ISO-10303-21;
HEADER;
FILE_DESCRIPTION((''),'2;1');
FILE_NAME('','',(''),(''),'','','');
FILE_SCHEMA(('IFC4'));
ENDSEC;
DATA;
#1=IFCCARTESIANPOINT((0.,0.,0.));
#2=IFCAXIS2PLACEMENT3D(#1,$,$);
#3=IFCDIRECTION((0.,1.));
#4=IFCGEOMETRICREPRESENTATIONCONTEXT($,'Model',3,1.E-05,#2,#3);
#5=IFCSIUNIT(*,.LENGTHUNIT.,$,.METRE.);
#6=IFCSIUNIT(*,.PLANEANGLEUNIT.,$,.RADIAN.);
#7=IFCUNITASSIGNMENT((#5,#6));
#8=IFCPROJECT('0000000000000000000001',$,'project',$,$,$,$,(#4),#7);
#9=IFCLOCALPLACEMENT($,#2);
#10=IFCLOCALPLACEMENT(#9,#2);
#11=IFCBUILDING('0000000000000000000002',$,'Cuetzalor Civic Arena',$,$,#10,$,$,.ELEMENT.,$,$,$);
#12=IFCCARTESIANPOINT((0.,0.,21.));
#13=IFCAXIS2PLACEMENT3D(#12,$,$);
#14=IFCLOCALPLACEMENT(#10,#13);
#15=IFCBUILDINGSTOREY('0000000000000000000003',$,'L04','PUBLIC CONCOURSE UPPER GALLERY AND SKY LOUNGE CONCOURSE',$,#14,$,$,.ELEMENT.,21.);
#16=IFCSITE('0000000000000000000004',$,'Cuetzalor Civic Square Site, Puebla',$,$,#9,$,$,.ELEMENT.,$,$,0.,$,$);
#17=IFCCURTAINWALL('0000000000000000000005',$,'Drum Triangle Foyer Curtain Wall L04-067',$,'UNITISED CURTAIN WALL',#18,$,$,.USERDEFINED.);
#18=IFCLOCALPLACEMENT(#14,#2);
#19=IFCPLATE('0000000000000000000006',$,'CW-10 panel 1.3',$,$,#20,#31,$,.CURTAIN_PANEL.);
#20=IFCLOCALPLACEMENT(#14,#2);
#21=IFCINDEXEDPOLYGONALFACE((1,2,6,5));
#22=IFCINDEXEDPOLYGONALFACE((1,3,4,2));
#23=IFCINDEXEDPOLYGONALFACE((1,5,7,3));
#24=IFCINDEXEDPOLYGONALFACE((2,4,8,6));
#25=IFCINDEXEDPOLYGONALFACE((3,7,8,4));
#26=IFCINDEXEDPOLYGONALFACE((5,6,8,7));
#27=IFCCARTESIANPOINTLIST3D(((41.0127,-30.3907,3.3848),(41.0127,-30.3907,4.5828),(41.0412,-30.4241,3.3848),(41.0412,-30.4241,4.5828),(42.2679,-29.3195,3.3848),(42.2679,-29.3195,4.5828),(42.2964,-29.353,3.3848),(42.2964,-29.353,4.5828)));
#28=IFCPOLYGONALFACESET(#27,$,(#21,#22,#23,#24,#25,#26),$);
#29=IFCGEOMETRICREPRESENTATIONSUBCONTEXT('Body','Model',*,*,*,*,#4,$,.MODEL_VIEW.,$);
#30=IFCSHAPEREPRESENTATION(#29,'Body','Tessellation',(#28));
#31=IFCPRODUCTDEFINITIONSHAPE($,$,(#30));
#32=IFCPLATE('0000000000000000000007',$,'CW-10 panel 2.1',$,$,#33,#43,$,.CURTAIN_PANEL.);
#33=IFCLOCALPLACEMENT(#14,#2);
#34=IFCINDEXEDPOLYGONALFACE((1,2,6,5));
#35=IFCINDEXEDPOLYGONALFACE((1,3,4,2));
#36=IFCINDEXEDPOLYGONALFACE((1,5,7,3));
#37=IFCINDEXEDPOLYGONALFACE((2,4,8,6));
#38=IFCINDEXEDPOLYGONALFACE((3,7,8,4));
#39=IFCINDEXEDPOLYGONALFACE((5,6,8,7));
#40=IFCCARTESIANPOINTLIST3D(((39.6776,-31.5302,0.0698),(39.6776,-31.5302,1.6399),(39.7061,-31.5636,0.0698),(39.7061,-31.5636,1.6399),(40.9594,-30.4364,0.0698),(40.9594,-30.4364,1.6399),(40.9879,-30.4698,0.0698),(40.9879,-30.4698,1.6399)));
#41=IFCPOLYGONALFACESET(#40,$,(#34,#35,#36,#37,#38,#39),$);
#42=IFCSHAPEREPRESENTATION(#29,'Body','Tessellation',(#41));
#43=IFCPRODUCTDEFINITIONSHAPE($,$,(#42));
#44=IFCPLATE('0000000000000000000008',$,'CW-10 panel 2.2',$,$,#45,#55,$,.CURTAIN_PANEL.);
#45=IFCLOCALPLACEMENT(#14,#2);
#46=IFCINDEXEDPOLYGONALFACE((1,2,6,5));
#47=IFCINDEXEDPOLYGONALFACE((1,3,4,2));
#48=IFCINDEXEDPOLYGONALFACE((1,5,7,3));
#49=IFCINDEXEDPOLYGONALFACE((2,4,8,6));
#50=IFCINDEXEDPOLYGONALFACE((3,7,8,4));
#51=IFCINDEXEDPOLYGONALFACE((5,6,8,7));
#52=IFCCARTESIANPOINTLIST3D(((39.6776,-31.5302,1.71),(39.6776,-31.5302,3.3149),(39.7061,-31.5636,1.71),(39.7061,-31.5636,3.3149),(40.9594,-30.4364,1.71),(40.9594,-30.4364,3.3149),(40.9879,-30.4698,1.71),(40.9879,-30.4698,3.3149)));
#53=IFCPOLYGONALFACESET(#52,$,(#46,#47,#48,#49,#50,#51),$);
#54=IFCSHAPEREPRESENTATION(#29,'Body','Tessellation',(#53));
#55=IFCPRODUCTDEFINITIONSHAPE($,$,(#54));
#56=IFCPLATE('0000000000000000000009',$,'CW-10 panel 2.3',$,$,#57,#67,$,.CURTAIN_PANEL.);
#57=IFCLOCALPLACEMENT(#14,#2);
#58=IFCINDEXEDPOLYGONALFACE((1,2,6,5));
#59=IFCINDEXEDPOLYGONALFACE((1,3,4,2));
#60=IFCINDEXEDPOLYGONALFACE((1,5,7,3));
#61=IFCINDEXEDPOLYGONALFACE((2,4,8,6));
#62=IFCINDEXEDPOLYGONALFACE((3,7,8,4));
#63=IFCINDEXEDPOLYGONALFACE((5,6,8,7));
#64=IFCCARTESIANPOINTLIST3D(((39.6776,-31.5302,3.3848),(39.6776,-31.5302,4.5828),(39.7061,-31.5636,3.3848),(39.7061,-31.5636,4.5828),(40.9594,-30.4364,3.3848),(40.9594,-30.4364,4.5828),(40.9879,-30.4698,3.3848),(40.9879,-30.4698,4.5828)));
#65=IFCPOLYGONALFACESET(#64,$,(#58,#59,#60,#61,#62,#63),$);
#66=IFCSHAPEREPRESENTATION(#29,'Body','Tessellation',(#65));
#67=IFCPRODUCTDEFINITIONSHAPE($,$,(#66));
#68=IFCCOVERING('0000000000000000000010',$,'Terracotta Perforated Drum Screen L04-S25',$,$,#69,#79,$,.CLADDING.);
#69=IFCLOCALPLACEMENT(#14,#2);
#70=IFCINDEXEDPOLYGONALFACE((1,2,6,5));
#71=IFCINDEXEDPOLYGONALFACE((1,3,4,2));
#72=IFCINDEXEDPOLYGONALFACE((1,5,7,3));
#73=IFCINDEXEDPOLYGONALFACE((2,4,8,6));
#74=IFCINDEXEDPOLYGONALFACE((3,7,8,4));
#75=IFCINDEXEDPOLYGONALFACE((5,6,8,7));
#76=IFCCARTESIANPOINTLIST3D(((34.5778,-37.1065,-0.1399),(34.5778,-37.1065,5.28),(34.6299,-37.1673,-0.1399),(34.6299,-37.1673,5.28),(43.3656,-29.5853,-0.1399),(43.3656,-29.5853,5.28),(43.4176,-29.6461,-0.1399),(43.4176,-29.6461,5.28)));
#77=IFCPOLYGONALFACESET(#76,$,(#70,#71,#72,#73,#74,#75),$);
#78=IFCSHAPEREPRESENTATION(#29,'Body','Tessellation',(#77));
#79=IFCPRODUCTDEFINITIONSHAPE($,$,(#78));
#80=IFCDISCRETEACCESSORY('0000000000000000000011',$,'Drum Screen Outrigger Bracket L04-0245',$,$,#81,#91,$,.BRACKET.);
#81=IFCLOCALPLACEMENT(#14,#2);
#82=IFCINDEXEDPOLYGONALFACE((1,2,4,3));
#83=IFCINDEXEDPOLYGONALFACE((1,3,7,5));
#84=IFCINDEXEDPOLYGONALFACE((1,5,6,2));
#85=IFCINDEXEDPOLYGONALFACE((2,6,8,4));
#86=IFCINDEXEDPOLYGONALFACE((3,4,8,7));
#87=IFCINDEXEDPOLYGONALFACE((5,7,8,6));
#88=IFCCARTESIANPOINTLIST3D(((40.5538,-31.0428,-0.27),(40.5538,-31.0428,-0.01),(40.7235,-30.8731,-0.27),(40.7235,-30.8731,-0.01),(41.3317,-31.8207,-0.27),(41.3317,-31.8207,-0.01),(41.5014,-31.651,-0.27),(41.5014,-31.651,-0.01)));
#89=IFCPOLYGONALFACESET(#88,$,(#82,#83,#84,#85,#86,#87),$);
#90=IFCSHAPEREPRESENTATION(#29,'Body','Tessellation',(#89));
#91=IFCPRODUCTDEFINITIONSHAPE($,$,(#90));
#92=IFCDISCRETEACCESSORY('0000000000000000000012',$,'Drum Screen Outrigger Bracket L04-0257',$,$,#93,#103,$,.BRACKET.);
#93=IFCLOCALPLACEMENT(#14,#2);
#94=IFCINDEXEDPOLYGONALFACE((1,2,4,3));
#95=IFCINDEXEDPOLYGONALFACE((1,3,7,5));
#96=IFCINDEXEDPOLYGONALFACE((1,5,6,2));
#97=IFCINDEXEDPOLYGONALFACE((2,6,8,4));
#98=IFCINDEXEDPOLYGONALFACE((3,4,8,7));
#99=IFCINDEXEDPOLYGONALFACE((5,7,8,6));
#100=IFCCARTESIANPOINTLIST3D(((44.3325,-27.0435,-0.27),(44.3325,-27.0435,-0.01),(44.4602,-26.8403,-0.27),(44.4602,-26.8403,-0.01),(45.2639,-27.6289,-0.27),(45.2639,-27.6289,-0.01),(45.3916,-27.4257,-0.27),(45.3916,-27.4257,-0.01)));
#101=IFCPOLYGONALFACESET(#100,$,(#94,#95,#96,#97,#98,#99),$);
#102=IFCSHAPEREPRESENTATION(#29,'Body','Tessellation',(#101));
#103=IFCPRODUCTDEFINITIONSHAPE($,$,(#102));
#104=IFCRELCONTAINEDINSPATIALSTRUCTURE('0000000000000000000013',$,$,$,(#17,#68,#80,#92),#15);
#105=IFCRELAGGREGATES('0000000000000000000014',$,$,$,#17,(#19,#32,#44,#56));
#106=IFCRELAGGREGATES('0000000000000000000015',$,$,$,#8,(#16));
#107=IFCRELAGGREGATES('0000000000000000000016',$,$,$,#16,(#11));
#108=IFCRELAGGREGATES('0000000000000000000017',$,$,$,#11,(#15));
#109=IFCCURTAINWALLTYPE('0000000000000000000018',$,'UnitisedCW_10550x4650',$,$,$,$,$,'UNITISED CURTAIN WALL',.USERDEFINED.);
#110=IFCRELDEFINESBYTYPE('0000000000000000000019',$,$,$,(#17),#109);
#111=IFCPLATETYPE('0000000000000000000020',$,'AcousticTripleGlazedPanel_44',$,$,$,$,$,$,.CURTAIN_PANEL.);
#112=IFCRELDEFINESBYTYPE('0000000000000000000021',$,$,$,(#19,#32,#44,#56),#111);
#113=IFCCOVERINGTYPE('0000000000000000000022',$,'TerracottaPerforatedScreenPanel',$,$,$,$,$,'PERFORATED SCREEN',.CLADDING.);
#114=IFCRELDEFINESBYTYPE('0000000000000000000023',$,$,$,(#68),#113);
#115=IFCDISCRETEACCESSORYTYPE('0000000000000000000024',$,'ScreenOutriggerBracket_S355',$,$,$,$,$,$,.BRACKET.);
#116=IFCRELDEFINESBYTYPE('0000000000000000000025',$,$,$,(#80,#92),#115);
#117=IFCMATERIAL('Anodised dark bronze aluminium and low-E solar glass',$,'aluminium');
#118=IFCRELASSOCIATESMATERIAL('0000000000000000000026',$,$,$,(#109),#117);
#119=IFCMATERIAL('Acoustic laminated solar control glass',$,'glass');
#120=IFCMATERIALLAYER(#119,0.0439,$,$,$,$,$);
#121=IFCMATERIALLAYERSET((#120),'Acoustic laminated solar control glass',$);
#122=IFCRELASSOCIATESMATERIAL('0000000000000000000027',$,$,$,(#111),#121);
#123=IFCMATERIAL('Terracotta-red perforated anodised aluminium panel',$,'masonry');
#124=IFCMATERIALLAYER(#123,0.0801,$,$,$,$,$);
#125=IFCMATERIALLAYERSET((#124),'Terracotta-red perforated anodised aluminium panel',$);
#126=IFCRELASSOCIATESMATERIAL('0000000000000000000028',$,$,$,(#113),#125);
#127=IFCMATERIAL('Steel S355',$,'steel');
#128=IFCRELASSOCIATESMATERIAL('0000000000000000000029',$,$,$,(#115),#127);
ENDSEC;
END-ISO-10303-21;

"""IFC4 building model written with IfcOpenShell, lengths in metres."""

from ifc_helpers import new_model, si_unit, direction, frame, frame_2d, origin, origin_2d, place, context, subcontext, project, spatial, rectangle, extrude, material, layer, layer_set, type_object, element, aggregate, save


model = new_model("IFC4")

# Units and contexts
model_context = context("Model", 3, precision=1e-05, world=origin(), true_north=direction((0.0, 1.0)))
body_context = subcontext(model_context, "Body", "Model", "MODEL_VIEW")
ifc_project = project(units=[si_unit("LENGTHUNIT", "METRE"), si_unit("PLANEANGLEUNIT", "RADIAN")], contexts=[model_context])

# Site, building, storey
site_placement = place(None, origin())
site = spatial("IfcSite", under=ifc_project, at=site_placement, Name="Cuetzalor Civic Square Site, Puebla", CompositionType="ELEMENT", RefElevation=0.0)
building_placement = place(site_placement, origin())
building = spatial("IfcBuilding", under=site, at=building_placement, Name="Cuetzalor Civic Arena", CompositionType="ELEMENT")
storey_placement = place(building_placement, frame((0.0, 0.0, 21.0)))
storey = spatial("IfcBuildingStorey", under=building, at=storey_placement, Name="L04", Description="PUBLIC CONCOURSE UPPER GALLERY AND SKY LOUNGE CONCOURSE", CompositionType="ELEMENT", Elevation=21.0)

# Curtain wall
ifc_material_1 = material(Name="Anodised dark bronze aluminium and low-E solar glass", Category="aluminium")
curtain_wall_type = type_object("IfcCurtainWallType", Name="UnitisedCW_10550x4650", ElementType="UNITISED CURTAIN WALL", PredefinedType="USERDEFINED", material=ifc_material_1)
curtain_wall_placement = place(storey_placement, origin())
curtain_wall = element("IfcCurtainWall", 1, at=curtain_wall_placement, inside=storey, type_object=curtain_wall_type, Name="Drum Triangle Foyer Curtain Wall L04-067", ObjectType="UNITISED CURTAIN WALL", PredefinedType="USERDEFINED")

# Plates
ifc_material_2 = material(Name="Acoustic laminated solar control glass", Category="glass")
ifc_layer_1 = layer(ifc_material_2, 0.0439)
ifc_layer_set_1 = layer_set([ifc_layer_1], Name="Acoustic laminated solar control glass")
plate_type = type_object("IfcPlateType", Name="AcousticTripleGlazedPanel_44", PredefinedType="CURTAIN_PANEL", material=ifc_layer_set_1)
plate_1_placement = place(storey_placement, frame((41.6545, -29.8718, 3.3848), z_axis=(0.0, 0.0, 1.0), x_axis=(-0.760677, -0.64913, 0.0)))
plate_1 = element("IfcPlate", 2, at=plate_1_placement, type_object=plate_type, Name="CW-10 panel 1.3", PredefinedType="CURTAIN_PANEL", context=body_context, shape_type="SweptSolid", body=[
    extrude(rectangle(XDim=1.6501, YDim=0.0439, at=origin_2d()), origin(), (0.0, 0.0, 1.0), 1.198),
])
plate_2_placement = place(storey_placement, frame((40.3328, -31.0, 0.0698), z_axis=(0.0, 0.0, 1.0), x_axis=(-0.760677, -0.64913, 0.0)))
plate_2 = element("IfcPlate", 3, at=plate_2_placement, type_object=plate_type, Name="CW-10 panel 2.1", PredefinedType="CURTAIN_PANEL", context=body_context, shape_type="SweptSolid", body=[
    extrude(rectangle(XDim=1.6851, YDim=0.0439, at=origin_2d()), origin(), (0.0, 0.0, 1.0), 1.5701),
])
plate_3_placement = place(storey_placement, frame((40.3328, -31.0, 1.71), z_axis=(0.0, 0.0, 1.0), x_axis=(-0.760677, -0.64913, 0.0)))
plate_3 = element("IfcPlate", 4, at=plate_3_placement, type_object=plate_type, Name="CW-10 panel 2.2", PredefinedType="CURTAIN_PANEL", context=body_context, shape_type="SweptSolid", body=[
    extrude(rectangle(XDim=1.6851, YDim=0.0439, at=origin_2d()), origin(), (0.0, 0.0, 1.0), 1.605),
])
plate_4_placement = place(storey_placement, frame((40.3328, -31.0, 3.3848), z_axis=(0.0, 0.0, 1.0), x_axis=(-0.760677, -0.64913, 0.0)))
plate_4 = element("IfcPlate", 5, at=plate_4_placement, type_object=plate_type, Name="CW-10 panel 2.3", PredefinedType="CURTAIN_PANEL", context=body_context, shape_type="SweptSolid", body=[
    extrude(rectangle(XDim=1.6851, YDim=0.0439, at=origin_2d()), origin(), (0.0, 0.0, 1.0), 1.198),
])
aggregate(curtain_wall, [plate_1, plate_2, plate_3, plate_4])

# Covering
ifc_material_3 = material(Name="Terracotta-red perforated anodised aluminium panel", Category="masonry")
ifc_layer_2 = layer(ifc_material_3, 0.0801)
ifc_layer_set_2 = layer_set([ifc_layer_2], Name="Terracotta-red perforated anodised aluminium panel")
covering_type = type_object("IfcCoveringType", Name="TerracottaPerforatedScreenPanel", ElementType="PERFORATED SCREEN", PredefinedType="CLADDING", material=ifc_layer_set_2)
covering_placement = place(storey_placement, frame((43.3916, -29.6157, -0.1399), z_axis=(0.0, 0.0, 1.0), x_axis=(-0.759735, -0.650233, 0.0)))
element("IfcCovering", 6, at=covering_placement, inside=storey, type_object=covering_type, Name="Terracotta Perforated Drum Screen L04-S25", PredefinedType="CLADDING", context=body_context, shape_type="SweptSolid", body=[
    extrude(rectangle(XDim=11.5669, YDim=0.0801, at=frame_2d((5.7834, 0.0))), origin(), (0.0, 0.0, 1.0), 5.4199),
])

# Discrete accessories
ifc_material_4 = material(Name="Steel S355", Category="steel")
discrete_accessory_type = type_object("IfcDiscreteAccessoryType", Name="ScreenOutriggerBracket_S355", PredefinedType="BRACKET", material=ifc_material_4)
for number, where, z_axis, x_axis, name in (
    (7, (41.0276, -31.3469, -0.27), (0.0, 0.0, 1.0), (0.707107, -0.707107, 0.0), "Drum Screen Outrigger Bracket L04-0245"),
    (8, (44.8621, -27.2346, -0.27), (0.0, 0.0, 1.0), (0.846658, -0.532138, 0.0), "Drum Screen Outrigger Bracket L04-0257"),
):
    element("IfcDiscreteAccessory", number, at=place(storey_placement, frame(where, z_axis=z_axis, x_axis=x_axis)), inside=storey, type_object=discrete_accessory_type, Name=name, PredefinedType="BRACKET", context=body_context, shape_type="SweptSolid", body=[
        extrude(rectangle(XDim=1.1001, YDim=0.24, at=origin_2d()), origin(), (0.0, 0.0, 1.0), 0.26),
    ])

save(model, "model.ifc")
